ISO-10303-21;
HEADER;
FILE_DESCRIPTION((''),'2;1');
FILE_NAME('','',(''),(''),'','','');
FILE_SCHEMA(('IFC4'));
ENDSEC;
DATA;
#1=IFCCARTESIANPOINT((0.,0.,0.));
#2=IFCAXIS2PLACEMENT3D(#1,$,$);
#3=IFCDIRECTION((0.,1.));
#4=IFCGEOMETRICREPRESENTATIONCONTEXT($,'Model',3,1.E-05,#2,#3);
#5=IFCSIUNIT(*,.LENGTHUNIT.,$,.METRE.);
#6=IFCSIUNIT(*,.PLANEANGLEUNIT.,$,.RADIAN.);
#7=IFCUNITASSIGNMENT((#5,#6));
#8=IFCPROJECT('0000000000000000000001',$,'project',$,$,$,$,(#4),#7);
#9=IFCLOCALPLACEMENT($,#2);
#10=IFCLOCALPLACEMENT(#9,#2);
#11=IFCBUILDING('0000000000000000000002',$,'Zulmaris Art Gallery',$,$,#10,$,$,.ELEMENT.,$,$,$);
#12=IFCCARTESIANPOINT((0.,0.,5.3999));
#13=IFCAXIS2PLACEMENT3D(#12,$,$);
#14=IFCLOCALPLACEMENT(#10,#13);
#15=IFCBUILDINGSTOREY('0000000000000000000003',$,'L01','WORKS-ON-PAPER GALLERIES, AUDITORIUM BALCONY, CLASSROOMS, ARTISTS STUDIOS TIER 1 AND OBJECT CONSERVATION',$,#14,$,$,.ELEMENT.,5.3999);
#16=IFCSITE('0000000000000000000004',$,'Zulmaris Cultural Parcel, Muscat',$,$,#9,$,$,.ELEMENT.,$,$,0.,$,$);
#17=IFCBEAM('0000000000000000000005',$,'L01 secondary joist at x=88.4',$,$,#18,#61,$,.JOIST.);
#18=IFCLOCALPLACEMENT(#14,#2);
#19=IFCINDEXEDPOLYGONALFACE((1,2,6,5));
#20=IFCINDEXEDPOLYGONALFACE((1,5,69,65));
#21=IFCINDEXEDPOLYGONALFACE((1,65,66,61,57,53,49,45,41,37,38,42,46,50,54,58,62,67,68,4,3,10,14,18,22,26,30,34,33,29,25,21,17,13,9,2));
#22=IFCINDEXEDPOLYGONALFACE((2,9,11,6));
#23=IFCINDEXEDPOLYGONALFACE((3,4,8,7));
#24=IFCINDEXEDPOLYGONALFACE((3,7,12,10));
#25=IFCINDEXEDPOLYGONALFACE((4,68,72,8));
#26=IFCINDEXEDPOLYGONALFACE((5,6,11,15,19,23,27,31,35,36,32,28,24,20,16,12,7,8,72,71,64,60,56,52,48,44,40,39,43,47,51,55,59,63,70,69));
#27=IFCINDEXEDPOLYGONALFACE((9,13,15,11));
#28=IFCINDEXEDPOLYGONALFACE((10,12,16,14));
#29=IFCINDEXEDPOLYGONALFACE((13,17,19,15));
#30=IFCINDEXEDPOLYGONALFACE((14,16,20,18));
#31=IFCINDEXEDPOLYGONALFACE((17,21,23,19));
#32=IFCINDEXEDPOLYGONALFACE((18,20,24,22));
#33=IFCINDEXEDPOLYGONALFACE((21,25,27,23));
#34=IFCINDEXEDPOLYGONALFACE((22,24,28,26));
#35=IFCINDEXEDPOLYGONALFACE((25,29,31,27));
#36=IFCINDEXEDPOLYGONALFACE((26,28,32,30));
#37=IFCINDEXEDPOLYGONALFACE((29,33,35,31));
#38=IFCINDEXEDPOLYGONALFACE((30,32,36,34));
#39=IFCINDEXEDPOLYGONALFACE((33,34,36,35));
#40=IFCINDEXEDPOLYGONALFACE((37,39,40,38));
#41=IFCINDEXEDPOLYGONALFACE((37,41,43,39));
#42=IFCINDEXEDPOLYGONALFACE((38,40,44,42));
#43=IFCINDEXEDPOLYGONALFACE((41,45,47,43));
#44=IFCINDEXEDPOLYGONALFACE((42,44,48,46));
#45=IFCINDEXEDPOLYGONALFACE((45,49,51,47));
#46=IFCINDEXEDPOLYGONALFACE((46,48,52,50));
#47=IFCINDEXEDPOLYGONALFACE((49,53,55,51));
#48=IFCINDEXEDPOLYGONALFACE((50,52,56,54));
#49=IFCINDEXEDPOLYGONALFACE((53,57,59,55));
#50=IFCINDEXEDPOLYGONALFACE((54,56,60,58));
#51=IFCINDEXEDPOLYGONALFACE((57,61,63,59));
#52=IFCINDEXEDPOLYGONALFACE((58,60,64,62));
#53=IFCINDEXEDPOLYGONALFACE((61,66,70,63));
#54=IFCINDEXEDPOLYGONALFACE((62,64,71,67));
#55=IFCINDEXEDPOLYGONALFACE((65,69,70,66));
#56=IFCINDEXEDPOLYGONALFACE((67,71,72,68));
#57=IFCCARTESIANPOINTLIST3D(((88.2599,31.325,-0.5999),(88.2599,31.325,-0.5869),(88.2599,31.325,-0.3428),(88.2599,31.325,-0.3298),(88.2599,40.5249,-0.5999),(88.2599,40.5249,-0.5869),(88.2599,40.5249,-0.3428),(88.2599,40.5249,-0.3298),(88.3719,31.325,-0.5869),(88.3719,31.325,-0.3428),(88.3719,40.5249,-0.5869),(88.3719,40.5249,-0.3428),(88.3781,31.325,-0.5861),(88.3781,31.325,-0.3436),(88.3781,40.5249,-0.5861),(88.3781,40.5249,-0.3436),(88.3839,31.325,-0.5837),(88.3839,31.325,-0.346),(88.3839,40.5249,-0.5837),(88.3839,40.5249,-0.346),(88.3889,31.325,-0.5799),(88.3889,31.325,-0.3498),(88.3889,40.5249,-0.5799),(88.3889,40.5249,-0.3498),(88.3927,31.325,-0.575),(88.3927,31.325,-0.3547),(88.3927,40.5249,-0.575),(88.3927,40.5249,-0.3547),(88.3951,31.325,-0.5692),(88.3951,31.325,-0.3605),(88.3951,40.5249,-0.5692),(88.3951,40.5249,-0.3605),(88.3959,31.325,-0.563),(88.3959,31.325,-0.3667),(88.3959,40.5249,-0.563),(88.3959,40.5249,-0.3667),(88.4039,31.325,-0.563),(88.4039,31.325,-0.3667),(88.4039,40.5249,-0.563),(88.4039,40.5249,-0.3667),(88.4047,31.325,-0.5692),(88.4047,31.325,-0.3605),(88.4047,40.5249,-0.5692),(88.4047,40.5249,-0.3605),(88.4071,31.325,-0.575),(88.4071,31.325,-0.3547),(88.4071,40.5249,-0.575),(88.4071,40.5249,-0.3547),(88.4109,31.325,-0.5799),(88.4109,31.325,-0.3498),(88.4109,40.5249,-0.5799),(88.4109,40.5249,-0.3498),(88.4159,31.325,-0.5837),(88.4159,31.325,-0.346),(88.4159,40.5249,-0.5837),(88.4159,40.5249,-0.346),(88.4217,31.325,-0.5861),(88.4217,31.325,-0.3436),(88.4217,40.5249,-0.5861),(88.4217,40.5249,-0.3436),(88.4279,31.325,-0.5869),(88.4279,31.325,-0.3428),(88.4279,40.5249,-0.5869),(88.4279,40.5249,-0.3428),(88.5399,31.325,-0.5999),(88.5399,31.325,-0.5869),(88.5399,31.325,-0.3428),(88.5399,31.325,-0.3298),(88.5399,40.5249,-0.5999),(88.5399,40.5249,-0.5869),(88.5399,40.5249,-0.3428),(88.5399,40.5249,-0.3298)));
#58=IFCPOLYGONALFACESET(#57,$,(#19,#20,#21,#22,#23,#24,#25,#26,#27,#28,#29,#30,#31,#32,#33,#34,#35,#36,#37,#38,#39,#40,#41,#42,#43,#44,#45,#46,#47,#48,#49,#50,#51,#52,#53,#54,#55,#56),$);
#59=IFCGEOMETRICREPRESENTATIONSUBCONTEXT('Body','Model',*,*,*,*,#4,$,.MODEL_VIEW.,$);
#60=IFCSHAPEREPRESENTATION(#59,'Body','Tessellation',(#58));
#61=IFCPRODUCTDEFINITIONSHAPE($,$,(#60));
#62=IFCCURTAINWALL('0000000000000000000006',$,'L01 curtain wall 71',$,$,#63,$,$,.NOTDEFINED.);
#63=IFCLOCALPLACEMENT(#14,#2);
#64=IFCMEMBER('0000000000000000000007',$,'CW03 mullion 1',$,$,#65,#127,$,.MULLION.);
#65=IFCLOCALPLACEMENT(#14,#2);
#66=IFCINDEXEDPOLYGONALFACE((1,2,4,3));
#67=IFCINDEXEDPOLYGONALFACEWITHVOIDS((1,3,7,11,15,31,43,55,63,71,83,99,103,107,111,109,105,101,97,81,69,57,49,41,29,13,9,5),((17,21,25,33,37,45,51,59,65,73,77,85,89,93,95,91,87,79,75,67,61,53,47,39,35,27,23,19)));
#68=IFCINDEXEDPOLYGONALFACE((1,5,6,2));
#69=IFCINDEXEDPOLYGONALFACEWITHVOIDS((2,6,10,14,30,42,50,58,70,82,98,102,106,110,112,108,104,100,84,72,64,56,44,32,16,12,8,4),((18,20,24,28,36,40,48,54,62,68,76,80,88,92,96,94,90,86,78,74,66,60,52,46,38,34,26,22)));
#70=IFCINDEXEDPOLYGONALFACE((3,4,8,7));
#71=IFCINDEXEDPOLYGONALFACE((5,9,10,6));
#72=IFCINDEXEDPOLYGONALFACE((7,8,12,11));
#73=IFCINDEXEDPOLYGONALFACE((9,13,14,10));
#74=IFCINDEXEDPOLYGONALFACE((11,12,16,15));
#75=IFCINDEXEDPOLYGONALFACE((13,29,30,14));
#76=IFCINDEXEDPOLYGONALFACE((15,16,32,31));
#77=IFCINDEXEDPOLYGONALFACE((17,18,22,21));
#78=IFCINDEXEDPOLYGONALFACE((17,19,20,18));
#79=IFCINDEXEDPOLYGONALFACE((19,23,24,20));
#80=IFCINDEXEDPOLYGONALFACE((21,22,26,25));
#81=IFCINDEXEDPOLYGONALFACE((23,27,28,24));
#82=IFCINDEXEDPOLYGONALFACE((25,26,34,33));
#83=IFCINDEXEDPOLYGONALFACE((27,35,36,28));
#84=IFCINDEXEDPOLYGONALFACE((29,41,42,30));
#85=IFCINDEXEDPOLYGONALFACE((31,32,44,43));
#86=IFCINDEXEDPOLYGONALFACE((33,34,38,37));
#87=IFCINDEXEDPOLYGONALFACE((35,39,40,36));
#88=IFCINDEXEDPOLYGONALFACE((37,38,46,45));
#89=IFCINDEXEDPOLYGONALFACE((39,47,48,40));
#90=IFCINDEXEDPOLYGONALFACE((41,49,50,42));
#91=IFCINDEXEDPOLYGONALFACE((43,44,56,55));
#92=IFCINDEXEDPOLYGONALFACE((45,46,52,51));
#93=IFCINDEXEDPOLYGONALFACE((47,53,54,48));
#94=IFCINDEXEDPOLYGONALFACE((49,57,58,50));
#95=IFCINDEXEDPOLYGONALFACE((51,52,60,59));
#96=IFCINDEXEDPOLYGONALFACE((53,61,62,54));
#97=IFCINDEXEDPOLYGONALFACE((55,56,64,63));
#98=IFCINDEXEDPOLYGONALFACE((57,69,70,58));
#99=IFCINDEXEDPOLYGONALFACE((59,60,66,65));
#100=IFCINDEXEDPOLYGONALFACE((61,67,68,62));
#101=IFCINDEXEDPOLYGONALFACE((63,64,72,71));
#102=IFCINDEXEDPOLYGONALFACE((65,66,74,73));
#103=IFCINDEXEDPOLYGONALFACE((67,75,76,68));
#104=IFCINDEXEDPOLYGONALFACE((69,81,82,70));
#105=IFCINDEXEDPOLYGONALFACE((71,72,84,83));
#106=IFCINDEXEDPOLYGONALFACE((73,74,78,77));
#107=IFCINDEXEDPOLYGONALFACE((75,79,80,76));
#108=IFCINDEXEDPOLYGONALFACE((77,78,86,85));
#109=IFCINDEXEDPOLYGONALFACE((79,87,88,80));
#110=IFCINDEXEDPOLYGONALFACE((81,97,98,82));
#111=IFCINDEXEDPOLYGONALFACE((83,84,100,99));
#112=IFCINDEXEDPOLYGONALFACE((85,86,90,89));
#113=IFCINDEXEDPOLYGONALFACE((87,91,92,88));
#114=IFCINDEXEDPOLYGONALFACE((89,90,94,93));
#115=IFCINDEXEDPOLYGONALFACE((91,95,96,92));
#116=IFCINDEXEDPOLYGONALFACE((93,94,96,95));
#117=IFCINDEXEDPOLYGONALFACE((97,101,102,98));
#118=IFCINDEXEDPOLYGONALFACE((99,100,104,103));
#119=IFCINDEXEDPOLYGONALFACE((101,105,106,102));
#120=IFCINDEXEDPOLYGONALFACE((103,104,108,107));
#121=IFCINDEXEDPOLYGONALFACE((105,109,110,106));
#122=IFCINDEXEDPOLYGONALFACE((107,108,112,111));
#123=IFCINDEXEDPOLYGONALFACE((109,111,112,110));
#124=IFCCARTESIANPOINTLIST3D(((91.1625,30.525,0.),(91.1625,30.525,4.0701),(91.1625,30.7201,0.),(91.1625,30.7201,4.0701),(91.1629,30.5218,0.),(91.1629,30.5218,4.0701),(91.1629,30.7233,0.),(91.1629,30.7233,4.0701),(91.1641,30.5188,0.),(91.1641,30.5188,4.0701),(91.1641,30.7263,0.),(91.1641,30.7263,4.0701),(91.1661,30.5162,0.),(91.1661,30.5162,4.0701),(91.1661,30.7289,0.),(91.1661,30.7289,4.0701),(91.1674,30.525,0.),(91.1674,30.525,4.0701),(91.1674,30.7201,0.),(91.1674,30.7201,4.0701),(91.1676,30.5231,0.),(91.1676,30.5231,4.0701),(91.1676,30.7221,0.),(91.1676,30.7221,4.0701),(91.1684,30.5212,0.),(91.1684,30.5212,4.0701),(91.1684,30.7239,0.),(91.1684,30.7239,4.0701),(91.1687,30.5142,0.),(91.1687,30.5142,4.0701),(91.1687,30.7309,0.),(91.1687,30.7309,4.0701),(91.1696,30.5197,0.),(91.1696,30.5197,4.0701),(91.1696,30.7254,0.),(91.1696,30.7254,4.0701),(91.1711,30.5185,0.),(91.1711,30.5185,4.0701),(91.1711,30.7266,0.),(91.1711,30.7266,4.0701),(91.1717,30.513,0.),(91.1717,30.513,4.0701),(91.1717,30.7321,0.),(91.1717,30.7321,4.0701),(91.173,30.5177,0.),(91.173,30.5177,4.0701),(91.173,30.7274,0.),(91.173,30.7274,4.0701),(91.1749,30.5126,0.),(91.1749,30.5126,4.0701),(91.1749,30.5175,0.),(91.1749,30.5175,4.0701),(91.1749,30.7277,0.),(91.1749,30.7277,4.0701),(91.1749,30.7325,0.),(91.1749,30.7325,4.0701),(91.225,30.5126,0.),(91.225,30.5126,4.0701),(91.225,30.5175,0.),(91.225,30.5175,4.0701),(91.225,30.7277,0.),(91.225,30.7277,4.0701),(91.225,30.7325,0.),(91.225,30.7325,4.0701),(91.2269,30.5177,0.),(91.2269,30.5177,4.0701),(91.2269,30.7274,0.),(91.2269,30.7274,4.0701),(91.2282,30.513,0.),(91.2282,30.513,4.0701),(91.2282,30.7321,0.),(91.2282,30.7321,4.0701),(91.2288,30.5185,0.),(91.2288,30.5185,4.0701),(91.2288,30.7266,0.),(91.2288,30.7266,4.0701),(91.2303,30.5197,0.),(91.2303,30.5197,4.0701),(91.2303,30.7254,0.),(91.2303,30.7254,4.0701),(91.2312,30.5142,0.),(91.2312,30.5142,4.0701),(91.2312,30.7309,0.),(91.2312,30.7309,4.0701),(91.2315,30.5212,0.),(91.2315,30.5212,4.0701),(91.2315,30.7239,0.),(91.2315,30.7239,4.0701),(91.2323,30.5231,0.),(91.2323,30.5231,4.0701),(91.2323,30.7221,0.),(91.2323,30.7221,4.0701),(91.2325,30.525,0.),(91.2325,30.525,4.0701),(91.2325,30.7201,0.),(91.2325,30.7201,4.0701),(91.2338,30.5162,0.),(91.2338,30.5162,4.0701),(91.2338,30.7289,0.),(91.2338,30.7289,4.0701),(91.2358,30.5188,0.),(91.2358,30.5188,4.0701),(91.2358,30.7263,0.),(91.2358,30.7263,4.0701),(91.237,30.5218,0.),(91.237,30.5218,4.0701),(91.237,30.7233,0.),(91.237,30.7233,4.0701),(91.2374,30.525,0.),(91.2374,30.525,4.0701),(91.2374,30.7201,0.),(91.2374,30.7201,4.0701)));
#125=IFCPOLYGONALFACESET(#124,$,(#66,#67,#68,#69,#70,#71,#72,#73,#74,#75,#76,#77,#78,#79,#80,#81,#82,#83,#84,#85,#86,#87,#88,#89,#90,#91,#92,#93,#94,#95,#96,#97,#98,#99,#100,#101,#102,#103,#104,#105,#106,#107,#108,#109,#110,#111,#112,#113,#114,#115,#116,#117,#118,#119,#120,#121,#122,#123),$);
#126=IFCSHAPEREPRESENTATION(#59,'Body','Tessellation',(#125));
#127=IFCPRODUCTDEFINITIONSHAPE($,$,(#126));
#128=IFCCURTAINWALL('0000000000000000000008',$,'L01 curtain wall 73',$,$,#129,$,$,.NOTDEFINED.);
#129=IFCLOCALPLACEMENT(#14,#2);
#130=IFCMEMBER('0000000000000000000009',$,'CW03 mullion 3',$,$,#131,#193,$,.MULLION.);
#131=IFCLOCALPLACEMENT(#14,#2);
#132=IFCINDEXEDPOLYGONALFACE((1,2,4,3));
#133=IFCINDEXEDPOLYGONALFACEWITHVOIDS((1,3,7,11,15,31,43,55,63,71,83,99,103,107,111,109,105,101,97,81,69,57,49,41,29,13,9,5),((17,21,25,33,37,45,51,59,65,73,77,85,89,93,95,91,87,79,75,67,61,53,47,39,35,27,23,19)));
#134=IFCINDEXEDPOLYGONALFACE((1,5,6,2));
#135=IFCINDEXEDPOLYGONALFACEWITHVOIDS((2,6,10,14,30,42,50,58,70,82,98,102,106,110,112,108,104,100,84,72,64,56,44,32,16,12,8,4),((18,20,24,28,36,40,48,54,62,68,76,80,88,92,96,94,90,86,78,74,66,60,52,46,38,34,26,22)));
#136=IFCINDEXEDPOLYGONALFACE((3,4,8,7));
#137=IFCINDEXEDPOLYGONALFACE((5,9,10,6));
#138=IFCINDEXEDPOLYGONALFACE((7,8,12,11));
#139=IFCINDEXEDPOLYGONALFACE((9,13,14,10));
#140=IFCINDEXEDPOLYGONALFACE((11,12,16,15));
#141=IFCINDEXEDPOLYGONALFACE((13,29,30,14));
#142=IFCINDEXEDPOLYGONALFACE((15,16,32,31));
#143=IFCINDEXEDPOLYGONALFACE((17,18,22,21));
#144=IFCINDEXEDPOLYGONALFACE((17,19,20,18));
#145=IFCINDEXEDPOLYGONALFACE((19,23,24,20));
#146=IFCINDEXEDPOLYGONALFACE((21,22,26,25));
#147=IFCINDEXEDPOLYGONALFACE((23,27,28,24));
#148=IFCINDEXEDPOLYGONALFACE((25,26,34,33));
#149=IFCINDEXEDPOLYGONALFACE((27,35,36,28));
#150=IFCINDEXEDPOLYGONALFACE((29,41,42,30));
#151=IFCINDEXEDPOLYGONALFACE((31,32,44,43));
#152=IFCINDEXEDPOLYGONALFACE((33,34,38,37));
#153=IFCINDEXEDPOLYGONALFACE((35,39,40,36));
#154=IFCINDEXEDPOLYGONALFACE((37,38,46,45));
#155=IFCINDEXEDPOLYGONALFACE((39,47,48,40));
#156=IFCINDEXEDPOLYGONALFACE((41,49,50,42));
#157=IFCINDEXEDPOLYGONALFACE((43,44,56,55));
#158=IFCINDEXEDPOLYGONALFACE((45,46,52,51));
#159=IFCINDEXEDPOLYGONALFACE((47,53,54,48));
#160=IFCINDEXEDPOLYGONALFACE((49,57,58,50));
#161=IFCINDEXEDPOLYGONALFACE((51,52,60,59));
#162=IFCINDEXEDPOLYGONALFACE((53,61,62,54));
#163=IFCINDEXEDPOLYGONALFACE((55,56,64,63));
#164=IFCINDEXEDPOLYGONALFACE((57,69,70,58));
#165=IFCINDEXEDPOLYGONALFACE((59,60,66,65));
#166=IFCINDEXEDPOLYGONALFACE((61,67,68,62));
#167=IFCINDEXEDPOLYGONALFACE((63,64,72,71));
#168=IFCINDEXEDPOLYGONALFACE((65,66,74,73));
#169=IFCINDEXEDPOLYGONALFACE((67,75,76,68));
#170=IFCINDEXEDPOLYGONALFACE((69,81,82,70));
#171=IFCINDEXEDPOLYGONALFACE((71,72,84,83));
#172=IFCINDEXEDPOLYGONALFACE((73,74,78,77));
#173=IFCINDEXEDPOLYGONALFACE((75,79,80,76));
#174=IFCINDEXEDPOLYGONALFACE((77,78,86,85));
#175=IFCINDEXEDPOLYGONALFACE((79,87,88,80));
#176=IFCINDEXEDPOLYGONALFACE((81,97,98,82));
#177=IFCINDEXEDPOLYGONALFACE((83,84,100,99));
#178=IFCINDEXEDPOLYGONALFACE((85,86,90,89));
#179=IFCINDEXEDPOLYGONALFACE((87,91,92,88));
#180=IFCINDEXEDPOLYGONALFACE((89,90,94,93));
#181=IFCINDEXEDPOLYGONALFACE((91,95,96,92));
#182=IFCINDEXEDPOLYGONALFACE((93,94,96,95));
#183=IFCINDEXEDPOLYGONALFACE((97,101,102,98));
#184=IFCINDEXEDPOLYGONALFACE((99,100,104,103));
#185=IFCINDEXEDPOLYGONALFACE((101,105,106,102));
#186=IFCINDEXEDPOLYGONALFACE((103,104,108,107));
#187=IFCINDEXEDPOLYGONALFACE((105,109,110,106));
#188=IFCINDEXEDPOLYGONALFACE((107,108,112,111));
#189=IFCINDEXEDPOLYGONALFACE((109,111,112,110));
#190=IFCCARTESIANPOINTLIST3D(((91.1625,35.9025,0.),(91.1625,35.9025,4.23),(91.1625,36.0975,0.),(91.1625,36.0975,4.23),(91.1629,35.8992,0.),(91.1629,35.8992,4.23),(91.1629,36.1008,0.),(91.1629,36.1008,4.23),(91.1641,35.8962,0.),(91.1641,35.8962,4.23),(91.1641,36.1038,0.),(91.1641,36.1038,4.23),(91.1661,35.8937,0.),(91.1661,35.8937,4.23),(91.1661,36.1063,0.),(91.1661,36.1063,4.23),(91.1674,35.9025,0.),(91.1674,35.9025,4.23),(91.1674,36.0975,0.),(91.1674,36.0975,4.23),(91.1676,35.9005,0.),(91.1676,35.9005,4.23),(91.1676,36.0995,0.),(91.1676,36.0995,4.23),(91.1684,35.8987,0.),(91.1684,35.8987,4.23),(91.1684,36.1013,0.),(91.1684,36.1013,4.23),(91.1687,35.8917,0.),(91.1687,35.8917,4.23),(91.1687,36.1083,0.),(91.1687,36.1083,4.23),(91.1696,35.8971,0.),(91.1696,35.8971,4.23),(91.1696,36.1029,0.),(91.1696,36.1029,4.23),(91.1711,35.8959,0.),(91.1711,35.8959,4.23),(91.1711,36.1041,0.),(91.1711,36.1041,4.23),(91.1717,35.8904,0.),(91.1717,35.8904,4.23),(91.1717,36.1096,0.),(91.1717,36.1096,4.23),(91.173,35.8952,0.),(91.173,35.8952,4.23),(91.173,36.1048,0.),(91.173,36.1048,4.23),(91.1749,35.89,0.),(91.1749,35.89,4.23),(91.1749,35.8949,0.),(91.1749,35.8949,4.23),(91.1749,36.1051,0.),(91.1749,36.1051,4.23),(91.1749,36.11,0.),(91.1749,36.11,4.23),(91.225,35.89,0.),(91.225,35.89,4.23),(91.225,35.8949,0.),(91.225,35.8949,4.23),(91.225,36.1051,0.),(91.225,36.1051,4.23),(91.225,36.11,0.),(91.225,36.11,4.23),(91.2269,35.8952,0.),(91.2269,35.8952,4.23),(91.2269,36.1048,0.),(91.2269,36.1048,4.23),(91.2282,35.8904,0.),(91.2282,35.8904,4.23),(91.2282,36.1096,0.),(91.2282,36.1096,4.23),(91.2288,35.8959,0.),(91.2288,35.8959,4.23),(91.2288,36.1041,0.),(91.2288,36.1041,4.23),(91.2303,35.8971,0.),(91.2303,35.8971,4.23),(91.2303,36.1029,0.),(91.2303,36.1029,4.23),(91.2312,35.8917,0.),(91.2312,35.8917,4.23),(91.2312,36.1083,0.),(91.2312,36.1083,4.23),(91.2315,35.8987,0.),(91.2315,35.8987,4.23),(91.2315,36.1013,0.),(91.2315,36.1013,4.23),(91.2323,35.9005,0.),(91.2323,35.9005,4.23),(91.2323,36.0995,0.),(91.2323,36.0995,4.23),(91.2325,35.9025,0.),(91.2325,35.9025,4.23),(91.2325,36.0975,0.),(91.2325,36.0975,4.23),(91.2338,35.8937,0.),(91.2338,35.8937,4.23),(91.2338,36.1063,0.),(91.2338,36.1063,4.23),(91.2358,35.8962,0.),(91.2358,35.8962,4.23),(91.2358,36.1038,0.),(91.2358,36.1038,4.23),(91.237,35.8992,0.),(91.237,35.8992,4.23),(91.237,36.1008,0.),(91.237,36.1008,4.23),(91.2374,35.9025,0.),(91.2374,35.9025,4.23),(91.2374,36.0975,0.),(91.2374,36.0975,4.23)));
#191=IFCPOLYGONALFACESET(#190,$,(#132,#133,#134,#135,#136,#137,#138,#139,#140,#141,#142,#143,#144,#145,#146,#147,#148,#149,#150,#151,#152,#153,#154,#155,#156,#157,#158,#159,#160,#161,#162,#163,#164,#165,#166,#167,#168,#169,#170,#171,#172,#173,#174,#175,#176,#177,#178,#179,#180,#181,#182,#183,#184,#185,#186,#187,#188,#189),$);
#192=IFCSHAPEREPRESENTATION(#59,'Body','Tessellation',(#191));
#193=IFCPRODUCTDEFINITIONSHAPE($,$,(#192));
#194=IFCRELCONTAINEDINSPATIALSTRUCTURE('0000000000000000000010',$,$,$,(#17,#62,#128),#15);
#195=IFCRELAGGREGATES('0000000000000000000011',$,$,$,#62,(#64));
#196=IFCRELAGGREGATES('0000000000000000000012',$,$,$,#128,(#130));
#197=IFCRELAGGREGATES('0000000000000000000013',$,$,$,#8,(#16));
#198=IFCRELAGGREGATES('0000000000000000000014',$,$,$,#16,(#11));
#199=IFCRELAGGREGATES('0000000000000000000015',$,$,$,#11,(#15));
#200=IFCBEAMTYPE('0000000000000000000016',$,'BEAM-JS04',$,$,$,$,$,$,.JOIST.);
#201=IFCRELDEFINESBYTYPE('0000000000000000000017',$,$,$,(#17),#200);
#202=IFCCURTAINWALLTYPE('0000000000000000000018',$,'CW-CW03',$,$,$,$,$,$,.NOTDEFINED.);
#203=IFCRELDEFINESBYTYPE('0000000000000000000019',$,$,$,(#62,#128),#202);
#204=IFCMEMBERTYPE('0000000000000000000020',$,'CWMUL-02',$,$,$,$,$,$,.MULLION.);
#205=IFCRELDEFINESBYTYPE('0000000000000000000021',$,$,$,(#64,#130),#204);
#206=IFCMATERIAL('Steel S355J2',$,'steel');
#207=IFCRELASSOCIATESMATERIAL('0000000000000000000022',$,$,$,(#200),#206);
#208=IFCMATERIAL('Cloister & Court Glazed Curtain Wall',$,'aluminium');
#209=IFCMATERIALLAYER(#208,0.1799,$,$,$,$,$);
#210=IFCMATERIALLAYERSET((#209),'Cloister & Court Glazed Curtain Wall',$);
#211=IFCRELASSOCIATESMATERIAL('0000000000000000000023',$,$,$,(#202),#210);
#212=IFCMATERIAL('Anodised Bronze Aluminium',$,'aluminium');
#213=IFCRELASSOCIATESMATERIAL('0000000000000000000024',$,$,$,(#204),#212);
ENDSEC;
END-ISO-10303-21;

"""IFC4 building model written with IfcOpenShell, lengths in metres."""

from ifc_helpers import new_model, si_unit, direction, frame, origin, origin_2d, place, context, subcontext, project, spatial, hollow_rectangle, i_section, extrude, material, layer, layer_set, material_profile, profile_set, type_object, element, aggregate, save


model = new_model("IFC4")

# Units and contexts
model_context = context("Model", 3, precision=1e-05, world=origin(), true_north=direction((0.0, 1.0)))
body_context = subcontext(model_context, "Body", "Model", "MODEL_VIEW")
ifc_project = project(units=[si_unit("LENGTHUNIT", "METRE"), si_unit("PLANEANGLEUNIT", "RADIAN")], contexts=[model_context])

# Site, building, storey
site_placement = place(None, origin())
site = spatial("IfcSite", under=ifc_project, at=site_placement, Name="Zulmaris Cultural Parcel, Muscat", CompositionType="ELEMENT", RefElevation=0.0)
building_placement = place(site_placement, origin())
building = spatial("IfcBuilding", under=site, at=building_placement, Name="Zulmaris Art Gallery", CompositionType="ELEMENT")
storey_placement = place(building_placement, frame((0.0, 0.0, 5.3999)))
storey = spatial("IfcBuildingStorey", under=building, at=storey_placement, Name="L01", Description="WORKS-ON-PAPER GALLERIES, AUDITORIUM BALCONY, CLASSROOMS, ARTISTS STUDIOS TIER 1 AND OBJECT CONSERVATION", CompositionType="ELEMENT", Elevation=5.3999)

# Beam
ifc_material_1 = material(Name="Steel S355J2", Category="steel")
ifc_material_profile_1 = material_profile(ifc_material_1, i_section(OverallWidth=0.28, OverallDepth=0.27, WebThickness=0.0081, FlangeThickness=0.0129, FilletRadius=0.0239, at=origin_2d()), Name="HEA 280")
ifc_profile_set_1 = profile_set([ifc_material_profile_1], Name="Steel S355J2")
beam_type_1 = type_object("IfcBeamType", Name="BEAM-JS04", PredefinedType="JOIST", material=ifc_profile_set_1)
beam_1_placement = place(storey_placement, frame((88.3999, 31.325, -0.4648), z_axis=(0.0, 1.0, 0.0), x_axis=(-1.0, 0.0, 0.0)))
element("IfcBeam", 1, at=beam_1_placement, inside=storey, type_object=beam_type_1, Name="L01 secondary joist at x=88.4", PredefinedType="JOIST", context=body_context, shape_type="SweptSolid", body=[
    extrude(i_section(OverallWidth=0.28, OverallDepth=0.27, WebThickness=0.0081, FlangeThickness=0.0129, FilletRadius=0.0239, at=origin_2d()), origin(), (0.0, 0.0, 1.0), 9.2),
])

# Curtain wall, member
ifc_material_2 = material(Name="Cloister & Court Glazed Curtain Wall", Category="aluminium")
ifc_layer_1 = layer(ifc_material_2, 0.1799)
ifc_layer_set_1 = layer_set([ifc_layer_1], Name="Cloister & Court Glazed Curtain Wall")
curtain_wall_type = type_object("IfcCurtainWallType", Name="CW-CW03", PredefinedType="NOTDEFINED", material=ifc_layer_set_1)
curtain_wall_1_placement = place(storey_placement, origin())
curtain_wall_1 = element("IfcCurtainWall", 2, at=curtain_wall_1_placement, inside=storey, type_object=curtain_wall_type, Name="L01 curtain wall 71", PredefinedType="NOTDEFINED")
ifc_material_3 = material(Name="Anodised Bronze Aluminium", Category="aluminium")
ifc_material_profile_2 = material_profile(ifc_material_3, hollow_rectangle(XDim=0.075, YDim=0.22, WallThickness=0.0049, InnerFilletRadius=0.0076, OuterFilletRadius=0.0125, at=origin_2d()), Name="ALU 75x220x5")
ifc_profile_set_2 = profile_set([ifc_material_profile_2], Name="Anodised Bronze Aluminium")
member_type_1 = type_object("IfcMemberType", Name="CWMUL-02", PredefinedType="MULLION", material=ifc_profile_set_2)
member_1_placement = place(storey_placement, frame((91.2, 30.6226, 0.0), z_axis=(0.0, 0.0, 1.0), x_axis=(1.0, 0.0, 0.0)))
member_1 = element("IfcMember", 3, at=member_1_placement, type_object=member_type_1, Name="CW03 mullion 1", PredefinedType="MULLION", context=body_context, shape_type="SweptSolid", body=[
    extrude(hollow_rectangle(XDim=0.075, YDim=0.22, WallThickness=0.0049, InnerFilletRadius=0.0076, OuterFilletRadius=0.0125, at=origin_2d()), origin(), (0.0, 0.0, 1.0), 4.0701),
])

# Curtain wall, member
curtain_wall_2_placement = place(storey_placement, origin())
curtain_wall_2 = element("IfcCurtainWall", 4, at=curtain_wall_2_placement, inside=storey, type_object=curtain_wall_type, Name="L01 curtain wall 73", PredefinedType="NOTDEFINED")
member_2_placement = place(storey_placement, frame((91.2, 36.0, 0.0), z_axis=(0.0, 0.0, 1.0), x_axis=(1.0, 0.0, 0.0)))
member_2 = element("IfcMember", 5, at=member_2_placement, type_object=member_type_1, Name="CW03 mullion 3", PredefinedType="MULLION", context=body_context, shape_type="SweptSolid", body=[
    extrude(hollow_rectangle(XDim=0.075, YDim=0.22, WallThickness=0.0049, InnerFilletRadius=0.0076, OuterFilletRadius=0.0125, at=origin_2d()), origin(), (0.0, 0.0, 1.0), 4.23),
])

aggregate(curtain_wall_1, [member_1])
aggregate(curtain_wall_2, [member_2])

save(model, "model.ifc")
